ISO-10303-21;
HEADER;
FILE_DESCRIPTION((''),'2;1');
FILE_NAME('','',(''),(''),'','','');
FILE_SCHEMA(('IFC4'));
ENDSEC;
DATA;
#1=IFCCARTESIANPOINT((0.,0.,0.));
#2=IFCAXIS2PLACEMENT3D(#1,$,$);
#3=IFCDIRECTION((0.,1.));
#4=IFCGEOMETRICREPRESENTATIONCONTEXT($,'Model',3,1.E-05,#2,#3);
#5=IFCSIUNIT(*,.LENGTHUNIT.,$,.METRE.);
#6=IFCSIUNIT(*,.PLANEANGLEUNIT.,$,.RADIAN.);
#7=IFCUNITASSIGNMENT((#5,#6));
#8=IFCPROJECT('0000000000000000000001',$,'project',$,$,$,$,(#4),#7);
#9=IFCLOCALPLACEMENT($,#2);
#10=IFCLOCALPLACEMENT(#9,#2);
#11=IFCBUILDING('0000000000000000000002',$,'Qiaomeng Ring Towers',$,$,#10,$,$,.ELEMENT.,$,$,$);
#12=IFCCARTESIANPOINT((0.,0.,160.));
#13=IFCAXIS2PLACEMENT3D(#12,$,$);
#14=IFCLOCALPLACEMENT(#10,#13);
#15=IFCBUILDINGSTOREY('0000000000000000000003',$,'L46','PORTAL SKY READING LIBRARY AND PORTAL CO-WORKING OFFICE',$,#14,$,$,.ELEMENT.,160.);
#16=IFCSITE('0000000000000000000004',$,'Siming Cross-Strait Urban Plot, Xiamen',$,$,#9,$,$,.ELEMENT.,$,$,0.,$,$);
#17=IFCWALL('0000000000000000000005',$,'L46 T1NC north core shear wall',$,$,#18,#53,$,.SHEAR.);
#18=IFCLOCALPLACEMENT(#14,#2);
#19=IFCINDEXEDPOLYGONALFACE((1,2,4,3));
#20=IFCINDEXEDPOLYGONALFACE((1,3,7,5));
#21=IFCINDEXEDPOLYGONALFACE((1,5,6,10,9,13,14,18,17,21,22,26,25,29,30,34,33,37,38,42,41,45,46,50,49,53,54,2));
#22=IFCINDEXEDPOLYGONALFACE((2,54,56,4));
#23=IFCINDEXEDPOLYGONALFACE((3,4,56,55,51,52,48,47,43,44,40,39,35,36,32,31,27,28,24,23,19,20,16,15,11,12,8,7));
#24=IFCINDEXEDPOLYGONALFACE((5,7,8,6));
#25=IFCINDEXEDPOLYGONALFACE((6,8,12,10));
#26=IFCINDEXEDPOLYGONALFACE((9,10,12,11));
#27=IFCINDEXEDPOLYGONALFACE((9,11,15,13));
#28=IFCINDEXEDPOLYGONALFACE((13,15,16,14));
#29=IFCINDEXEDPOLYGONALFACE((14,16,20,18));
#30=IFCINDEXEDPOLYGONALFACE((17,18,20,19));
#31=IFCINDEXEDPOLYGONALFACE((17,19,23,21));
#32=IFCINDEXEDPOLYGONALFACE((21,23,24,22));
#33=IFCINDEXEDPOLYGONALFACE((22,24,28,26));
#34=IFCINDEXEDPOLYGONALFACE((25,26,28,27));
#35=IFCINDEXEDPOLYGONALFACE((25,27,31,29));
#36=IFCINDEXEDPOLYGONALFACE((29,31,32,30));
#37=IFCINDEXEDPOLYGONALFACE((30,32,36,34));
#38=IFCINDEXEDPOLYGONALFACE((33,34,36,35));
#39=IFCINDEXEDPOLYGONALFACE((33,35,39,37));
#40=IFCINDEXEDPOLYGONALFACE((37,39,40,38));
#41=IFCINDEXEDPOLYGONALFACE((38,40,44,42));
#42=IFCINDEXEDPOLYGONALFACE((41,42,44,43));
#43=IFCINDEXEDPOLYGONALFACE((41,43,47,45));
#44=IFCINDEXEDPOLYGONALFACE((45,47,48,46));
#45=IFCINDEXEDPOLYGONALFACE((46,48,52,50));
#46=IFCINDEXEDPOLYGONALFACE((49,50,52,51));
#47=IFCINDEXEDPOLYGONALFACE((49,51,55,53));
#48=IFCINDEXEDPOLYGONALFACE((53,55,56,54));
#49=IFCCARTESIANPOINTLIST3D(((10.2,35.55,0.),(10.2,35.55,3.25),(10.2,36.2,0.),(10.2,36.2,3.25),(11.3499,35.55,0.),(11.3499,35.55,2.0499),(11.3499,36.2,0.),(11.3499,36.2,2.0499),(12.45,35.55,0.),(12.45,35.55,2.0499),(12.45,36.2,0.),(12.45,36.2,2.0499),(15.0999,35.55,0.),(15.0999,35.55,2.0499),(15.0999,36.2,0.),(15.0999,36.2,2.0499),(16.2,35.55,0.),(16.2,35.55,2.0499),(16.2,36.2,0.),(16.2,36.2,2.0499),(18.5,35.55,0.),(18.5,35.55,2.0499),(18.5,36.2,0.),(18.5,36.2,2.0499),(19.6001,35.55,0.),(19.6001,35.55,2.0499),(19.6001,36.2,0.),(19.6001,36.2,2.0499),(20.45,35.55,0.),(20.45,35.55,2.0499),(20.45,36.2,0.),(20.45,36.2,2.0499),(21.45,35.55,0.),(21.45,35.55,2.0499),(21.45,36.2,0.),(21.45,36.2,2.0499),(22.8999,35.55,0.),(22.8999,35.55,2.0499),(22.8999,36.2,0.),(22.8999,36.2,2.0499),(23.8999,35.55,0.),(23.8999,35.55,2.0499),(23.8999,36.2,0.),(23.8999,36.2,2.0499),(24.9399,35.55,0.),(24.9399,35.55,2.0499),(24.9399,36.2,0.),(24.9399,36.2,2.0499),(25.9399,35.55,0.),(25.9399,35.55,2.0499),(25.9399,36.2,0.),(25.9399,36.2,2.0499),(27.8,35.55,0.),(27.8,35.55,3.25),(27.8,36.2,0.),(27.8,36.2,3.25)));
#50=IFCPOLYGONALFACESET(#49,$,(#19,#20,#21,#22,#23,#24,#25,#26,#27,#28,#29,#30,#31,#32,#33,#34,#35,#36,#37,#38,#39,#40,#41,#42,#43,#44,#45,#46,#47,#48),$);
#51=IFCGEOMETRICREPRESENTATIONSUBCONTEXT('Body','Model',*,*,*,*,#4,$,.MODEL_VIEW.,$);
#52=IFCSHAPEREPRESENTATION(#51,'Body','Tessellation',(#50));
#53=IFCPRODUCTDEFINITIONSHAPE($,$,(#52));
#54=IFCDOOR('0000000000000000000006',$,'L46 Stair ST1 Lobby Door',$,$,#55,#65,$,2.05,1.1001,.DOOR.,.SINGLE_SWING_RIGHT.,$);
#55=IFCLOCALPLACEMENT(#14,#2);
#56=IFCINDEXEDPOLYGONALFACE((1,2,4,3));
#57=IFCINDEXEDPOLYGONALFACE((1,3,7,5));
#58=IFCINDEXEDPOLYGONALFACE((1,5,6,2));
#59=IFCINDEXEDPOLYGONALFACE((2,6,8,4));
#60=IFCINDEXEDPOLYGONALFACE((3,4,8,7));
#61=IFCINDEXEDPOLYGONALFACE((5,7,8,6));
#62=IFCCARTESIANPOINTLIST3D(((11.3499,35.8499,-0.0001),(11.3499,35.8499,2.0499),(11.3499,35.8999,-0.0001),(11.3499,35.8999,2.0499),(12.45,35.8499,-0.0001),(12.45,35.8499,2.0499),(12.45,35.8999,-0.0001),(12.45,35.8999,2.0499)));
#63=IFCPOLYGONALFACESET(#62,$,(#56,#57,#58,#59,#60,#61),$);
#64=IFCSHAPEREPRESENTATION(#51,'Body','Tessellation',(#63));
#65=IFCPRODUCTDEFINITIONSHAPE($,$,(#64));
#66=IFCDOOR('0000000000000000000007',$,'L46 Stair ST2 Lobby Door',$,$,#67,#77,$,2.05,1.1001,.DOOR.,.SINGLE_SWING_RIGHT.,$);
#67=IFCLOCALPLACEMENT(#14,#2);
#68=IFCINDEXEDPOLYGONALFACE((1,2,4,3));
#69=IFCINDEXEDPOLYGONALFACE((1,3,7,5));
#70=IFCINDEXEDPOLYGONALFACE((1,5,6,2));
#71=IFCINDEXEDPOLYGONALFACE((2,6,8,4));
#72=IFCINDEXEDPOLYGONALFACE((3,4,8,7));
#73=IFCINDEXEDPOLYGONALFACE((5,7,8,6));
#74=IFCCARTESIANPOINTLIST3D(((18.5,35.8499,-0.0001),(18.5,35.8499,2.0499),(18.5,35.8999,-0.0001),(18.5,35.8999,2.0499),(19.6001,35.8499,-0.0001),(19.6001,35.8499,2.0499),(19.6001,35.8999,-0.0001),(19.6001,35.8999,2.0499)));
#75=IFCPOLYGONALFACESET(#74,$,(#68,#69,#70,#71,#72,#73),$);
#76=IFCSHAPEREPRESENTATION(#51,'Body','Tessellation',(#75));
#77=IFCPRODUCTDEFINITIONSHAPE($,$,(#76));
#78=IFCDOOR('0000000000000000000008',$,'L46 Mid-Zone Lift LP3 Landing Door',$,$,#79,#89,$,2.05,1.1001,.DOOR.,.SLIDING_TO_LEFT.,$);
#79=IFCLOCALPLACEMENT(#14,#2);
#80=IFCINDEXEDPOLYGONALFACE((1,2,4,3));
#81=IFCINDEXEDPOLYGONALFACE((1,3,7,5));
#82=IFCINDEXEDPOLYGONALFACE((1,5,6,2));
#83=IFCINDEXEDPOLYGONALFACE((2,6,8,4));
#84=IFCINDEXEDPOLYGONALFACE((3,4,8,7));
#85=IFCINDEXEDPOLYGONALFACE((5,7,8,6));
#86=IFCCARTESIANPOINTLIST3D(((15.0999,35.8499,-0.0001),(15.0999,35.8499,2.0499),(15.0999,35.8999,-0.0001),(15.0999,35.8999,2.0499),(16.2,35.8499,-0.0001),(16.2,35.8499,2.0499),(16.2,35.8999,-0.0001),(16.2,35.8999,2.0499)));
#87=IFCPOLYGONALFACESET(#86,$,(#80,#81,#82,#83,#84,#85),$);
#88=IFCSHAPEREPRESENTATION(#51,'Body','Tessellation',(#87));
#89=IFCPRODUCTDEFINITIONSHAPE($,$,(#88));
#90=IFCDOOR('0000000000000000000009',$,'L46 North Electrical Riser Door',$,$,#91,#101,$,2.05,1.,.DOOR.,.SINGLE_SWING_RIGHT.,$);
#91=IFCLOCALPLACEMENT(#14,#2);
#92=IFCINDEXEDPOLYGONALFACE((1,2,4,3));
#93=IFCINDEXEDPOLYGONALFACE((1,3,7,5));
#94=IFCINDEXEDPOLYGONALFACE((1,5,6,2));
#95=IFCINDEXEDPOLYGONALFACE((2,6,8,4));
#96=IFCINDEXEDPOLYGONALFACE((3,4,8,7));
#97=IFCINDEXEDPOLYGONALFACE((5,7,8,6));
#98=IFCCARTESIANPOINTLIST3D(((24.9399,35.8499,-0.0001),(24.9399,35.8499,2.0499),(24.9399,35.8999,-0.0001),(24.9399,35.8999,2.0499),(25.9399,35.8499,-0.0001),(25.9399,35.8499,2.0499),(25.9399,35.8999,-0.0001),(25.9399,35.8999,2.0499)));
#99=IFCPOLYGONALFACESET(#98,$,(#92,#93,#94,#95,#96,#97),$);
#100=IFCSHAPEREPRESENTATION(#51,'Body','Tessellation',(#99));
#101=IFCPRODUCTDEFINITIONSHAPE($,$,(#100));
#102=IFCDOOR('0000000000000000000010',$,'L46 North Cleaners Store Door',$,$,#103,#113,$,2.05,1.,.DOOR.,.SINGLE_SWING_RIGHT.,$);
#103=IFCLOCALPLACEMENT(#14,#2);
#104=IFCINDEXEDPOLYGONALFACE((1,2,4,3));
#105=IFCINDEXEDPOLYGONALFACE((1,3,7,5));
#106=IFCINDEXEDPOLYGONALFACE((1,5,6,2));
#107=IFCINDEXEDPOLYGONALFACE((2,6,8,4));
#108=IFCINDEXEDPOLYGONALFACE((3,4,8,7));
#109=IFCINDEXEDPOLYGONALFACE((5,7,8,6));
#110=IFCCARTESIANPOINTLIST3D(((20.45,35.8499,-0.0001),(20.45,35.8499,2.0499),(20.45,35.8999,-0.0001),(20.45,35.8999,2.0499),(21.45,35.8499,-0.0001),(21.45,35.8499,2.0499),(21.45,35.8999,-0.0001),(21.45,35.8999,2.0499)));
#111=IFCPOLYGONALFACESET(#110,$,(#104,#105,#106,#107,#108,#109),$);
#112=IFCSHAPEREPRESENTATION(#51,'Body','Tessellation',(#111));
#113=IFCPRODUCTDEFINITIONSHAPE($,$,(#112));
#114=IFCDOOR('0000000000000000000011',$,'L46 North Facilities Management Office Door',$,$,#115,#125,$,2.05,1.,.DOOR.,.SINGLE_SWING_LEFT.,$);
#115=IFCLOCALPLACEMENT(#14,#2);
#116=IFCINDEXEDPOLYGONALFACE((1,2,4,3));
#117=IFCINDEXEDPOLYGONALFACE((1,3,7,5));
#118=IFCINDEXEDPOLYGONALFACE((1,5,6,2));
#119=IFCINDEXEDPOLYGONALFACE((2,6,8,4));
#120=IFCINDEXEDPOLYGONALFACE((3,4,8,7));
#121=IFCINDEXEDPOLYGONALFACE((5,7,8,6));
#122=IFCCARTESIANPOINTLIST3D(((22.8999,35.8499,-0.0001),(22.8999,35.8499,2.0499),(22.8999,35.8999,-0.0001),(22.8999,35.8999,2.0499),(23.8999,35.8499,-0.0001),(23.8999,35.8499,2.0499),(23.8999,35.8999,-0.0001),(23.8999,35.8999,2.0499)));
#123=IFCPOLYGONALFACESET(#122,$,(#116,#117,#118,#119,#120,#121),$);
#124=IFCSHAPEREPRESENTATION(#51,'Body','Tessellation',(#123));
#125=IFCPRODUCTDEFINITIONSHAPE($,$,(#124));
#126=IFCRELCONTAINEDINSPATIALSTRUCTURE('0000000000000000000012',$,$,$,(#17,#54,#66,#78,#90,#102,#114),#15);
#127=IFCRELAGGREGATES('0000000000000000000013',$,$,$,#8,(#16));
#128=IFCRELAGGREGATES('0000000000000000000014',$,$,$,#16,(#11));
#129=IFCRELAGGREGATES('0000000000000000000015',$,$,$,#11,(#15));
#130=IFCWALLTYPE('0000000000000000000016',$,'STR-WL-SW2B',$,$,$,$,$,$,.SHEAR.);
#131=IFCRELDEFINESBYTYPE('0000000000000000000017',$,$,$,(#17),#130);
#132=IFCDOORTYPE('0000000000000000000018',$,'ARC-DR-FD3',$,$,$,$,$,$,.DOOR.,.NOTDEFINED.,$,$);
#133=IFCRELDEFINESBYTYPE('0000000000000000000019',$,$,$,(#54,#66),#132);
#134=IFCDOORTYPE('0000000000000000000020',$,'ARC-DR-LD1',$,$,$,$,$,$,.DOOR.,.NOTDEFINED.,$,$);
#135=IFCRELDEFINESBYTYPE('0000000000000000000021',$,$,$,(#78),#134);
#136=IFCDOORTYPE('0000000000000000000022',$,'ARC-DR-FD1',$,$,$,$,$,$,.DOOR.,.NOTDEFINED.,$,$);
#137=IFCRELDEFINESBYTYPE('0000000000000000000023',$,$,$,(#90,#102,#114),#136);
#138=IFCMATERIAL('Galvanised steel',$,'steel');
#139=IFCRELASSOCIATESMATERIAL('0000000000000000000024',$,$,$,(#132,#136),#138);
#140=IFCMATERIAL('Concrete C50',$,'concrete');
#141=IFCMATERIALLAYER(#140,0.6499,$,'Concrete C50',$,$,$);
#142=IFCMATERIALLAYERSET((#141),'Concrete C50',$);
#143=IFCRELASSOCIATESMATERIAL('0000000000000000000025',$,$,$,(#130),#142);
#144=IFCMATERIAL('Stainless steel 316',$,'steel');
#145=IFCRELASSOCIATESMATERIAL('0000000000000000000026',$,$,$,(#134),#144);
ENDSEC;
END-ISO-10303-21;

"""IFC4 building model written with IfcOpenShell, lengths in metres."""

from ifc_helpers import new_model, si_unit, direction, frame, frame_2d, origin, place, context, subcontext, project, spatial, rectangle, extrude, source, transform, mapped, material, layer, layer_set, type_object, element, fill, save


model = new_model("IFC4")

# Units and contexts
model_context = context("Model", 3, precision=1e-05, world=origin(), true_north=direction((0.0, 1.0)))
body_context = subcontext(model_context, "Body", "Model", "MODEL_VIEW")
ifc_project = project(units=[si_unit("LENGTHUNIT", "METRE"), si_unit("PLANEANGLEUNIT", "RADIAN")], contexts=[model_context])

# Site, building, storey
site_placement = place(None, origin())
site = spatial("IfcSite", under=ifc_project, at=site_placement, Name="Siming Cross-Strait Urban Plot, Xiamen", CompositionType="ELEMENT", RefElevation=0.0)
building_placement = place(site_placement, origin())
building = spatial("IfcBuilding", under=site, at=building_placement, Name="Qiaomeng Ring Towers", CompositionType="ELEMENT")
storey_placement = place(building_placement, frame((0.0, 0.0, 160.0)))
storey = spatial("IfcBuildingStorey", under=building, at=storey_placement, Name="L46", Description="PORTAL SKY READING LIBRARY AND PORTAL CO-WORKING OFFICE", CompositionType="ELEMENT", Elevation=160.0)

# Shared definitions
ifc_material_1 = material(Name="Concrete C50", Category="concrete")

# Shared definitions
shared_shape_1 = source(origin(), body_context, "Body", "SweptSolid", [
    extrude(rectangle(XDim=1.0, YDim=2.05, at=frame_2d((0.5, 1.0249))), frame((0.0, 0.0249, 0.0), z_axis=(0.0, -1.0, 0.0), x_axis=(1.0, 0.0, 0.0)), (0.0, 0.0, 1.0), 0.05),
])

# Shared definitions
ifc_material_2 = material(Name="Galvanised steel", Category="steel")
door_type_1 = type_object("IfcDoorType", Name="ARC-DR-FD3", OperationType="NOTDEFINED", PredefinedType="DOOR", material=ifc_material_2)
shared_shape_2 = source(origin(), body_context, "Body", "SweptSolid", [
    extrude(rectangle(XDim=1.1001, YDim=2.05, at=frame_2d((0.55, 1.0249))), frame((0.0, 0.0249, 0.0), z_axis=(0.0, -1.0, 0.0), x_axis=(1.0, 0.0, 0.0)), (0.0, 0.0, 1.0), 0.05),
])

# Wall, openings, doors
ifc_layer_1 = layer(ifc_material_1, 0.6499, Name="Concrete C50")
ifc_layer_set_1 = layer_set([ifc_layer_1], Name="Concrete C50")
wall_type_1 = type_object("IfcWallType", Name="STR-WL-SW2B", PredefinedType="SHEAR", material=ifc_layer_set_1)
wall_1_placement = place(storey_placement, frame((10.2, 35.875, 0.0), z_axis=(0.0, 0.0, 1.0), x_axis=(1.0, 0.0, 0.0)))
wall_1 = element("IfcWall", 1, at=wall_1_placement, inside=storey, type_object=wall_type_1, Name="L46 T1NC north core shear wall", PredefinedType="SHEAR", context=body_context, shape_type="SweptSolid", body=[
    extrude(rectangle(XDim=17.6001, YDim=0.6499, at=frame_2d((8.8, 0.0))), origin(), (0.0, 0.0, 1.0), 3.25),
])
opening_1_placement = place(wall_1_placement, frame((1.1499, 0.0, 0.0)))
opening_1 = element("IfcOpeningElement", 2, at=opening_1_placement, cuts=wall_1, PredefinedType="OPENING", context=body_context, shape_type="SweptSolid", body=[
    extrude(rectangle(XDim=1.1001, YDim=2.05, at=frame_2d((0.55, 1.0249))), frame((0.0, 0.335, 0.0), z_axis=(0.0, -1.0, 0.0), x_axis=(1.0, 0.0, 0.0)), (0.0, 0.0, 1.0), 0.6699),
])
opening_2_placement = place(wall_1_placement, frame((8.3, 0.0, 0.0)))
opening_2 = element("IfcOpeningElement", 3, at=opening_2_placement, cuts=wall_1, PredefinedType="OPENING", context=body_context, shape_type="SweptSolid", body=[
    extrude(rectangle(XDim=1.1001, YDim=2.05, at=frame_2d((0.55, 1.0249))), frame((0.0, 0.335, 0.0), z_axis=(0.0, -1.0, 0.0), x_axis=(1.0, 0.0, 0.0)), (0.0, 0.0, 1.0), 0.6699),
])
opening_3_placement = place(wall_1_placement, frame((4.8999, 0.0, 0.0)))
opening_3 = element("IfcOpeningElement", 4, at=opening_3_placement, cuts=wall_1, PredefinedType="OPENING", context=body_context, shape_type="SweptSolid", body=[
    extrude(rectangle(XDim=1.1001, YDim=2.05, at=frame_2d((0.55, 1.0249))), frame((0.0, 0.335, 0.0), z_axis=(0.0, -1.0, 0.0), x_axis=(1.0, 0.0, 0.0)), (0.0, 0.0, 1.0), 0.6699),
])
opening_4_placement = place(wall_1_placement, frame((14.74, 0.0, 0.0)))
opening_4 = element("IfcOpeningElement", 5, at=opening_4_placement, cuts=wall_1, PredefinedType="OPENING", context=body_context, shape_type="SweptSolid", body=[
    extrude(rectangle(XDim=1.0, YDim=2.05, at=frame_2d((0.5, 1.0249))), frame((0.0, 0.335, 0.0), z_axis=(0.0, -1.0, 0.0), x_axis=(1.0, 0.0, 0.0)), (0.0, 0.0, 1.0), 0.6699),
])
opening_5_placement = place(wall_1_placement, frame((10.25, 0.0, 0.0)))
opening_5 = element("IfcOpeningElement", 6, at=opening_5_placement, cuts=wall_1, PredefinedType="OPENING", context=body_context, shape_type="SweptSolid", body=[
    extrude(rectangle(XDim=1.0, YDim=2.05, at=frame_2d((0.5, 1.0249))), frame((0.0, 0.335, 0.0), z_axis=(0.0, -1.0, 0.0), x_axis=(1.0, 0.0, 0.0)), (0.0, 0.0, 1.0), 0.6699),
])
opening_6_placement = place(wall_1_placement, frame((12.7, 0.0, 0.0)))
opening_6 = element("IfcOpeningElement", 7, at=opening_6_placement, cuts=wall_1, PredefinedType="OPENING", context=body_context, shape_type="SweptSolid", body=[
    extrude(rectangle(XDim=1.0, YDim=2.05, at=frame_2d((0.5, 1.0249))), frame((0.0, 0.335, 0.0), z_axis=(0.0, -1.0, 0.0), x_axis=(1.0, 0.0, 0.0)), (0.0, 0.0, 1.0), 0.6699),
])
door_1_placement = place(opening_1_placement, origin())
door_1 = element("IfcDoor", 8, at=door_1_placement, inside=storey, type_object=door_type_1, Name="L46 Stair ST1 Lobby Door", OperationType="SINGLE_SWING_RIGHT", OverallHeight=2.05, OverallWidth=1.1001, PredefinedType="DOOR", context=body_context, shape_type="MappedRepresentation", body=[
    mapped(shared_shape_2, transform((0.0, 0.0, 0.0), x_axis=(1.0, 0.0, 0.0), y_axis=(0.0, 1.0, 0.0), z_axis=(0.0, 0.0, 1.0), scale=1.0)),
])
fill(opening_1, door_1)
door_2_placement = place(opening_2_placement, origin())
door_2 = element("IfcDoor", 9, at=door_2_placement, inside=storey, type_object=door_type_1, Name="L46 Stair ST2 Lobby Door", OperationType="SINGLE_SWING_RIGHT", OverallHeight=2.05, OverallWidth=1.1001, PredefinedType="DOOR", context=body_context, shape_type="MappedRepresentation", body=[
    mapped(shared_shape_2, transform((0.0, 0.0, 0.0), x_axis=(1.0, 0.0, 0.0), y_axis=(0.0, 1.0, 0.0), z_axis=(0.0, 0.0, 1.0), scale=1.0)),
])
fill(opening_2, door_2)
ifc_material_3 = material(Name="Stainless steel 316", Category="steel")
door_type_2 = type_object("IfcDoorType", Name="ARC-DR-LD1", OperationType="NOTDEFINED", PredefinedType="DOOR", material=ifc_material_3)
door_3_placement = place(opening_3_placement, origin())
door_3 = element("IfcDoor", 10, at=door_3_placement, inside=storey, type_object=door_type_2, Name="L46 Mid-Zone Lift LP3 Landing Door", OperationType="SLIDING_TO_LEFT", OverallHeight=2.05, OverallWidth=1.1001, PredefinedType="DOOR", context=body_context, shape_type="MappedRepresentation", body=[
    mapped(shared_shape_2, transform((0.0, 0.0, 0.0), x_axis=(1.0, 0.0, 0.0), y_axis=(0.0, 1.0, 0.0), z_axis=(0.0, 0.0, 1.0), scale=1.0)),
])
fill(opening_3, door_3)
door_type_3 = type_object("IfcDoorType", Name="ARC-DR-FD1", OperationType="NOTDEFINED", PredefinedType="DOOR", material=ifc_material_2)
door_4_placement = place(opening_4_placement, origin())
door_4 = element("IfcDoor", 11, at=door_4_placement, inside=storey, type_object=door_type_3, Name="L46 North Electrical Riser Door", OperationType="SINGLE_SWING_RIGHT", OverallHeight=2.05, OverallWidth=1.0, PredefinedType="DOOR", context=body_context, shape_type="MappedRepresentation", body=[
    mapped(shared_shape_1, transform((0.0, 0.0, 0.0), x_axis=(1.0, 0.0, 0.0), y_axis=(0.0, 1.0, 0.0), z_axis=(0.0, 0.0, 1.0), scale=1.0)),
])
fill(opening_4, door_4)
door_5_placement = place(opening_5_placement, origin())
door_5 = element("IfcDoor", 12, at=door_5_placement, inside=storey, type_object=door_type_3, Name="L46 North Cleaners Store Door", OperationType="SINGLE_SWING_RIGHT", OverallHeight=2.05, OverallWidth=1.0, PredefinedType="DOOR", context=body_context, shape_type="MappedRepresentation", body=[
    mapped(shared_shape_1, transform((0.0, 0.0, 0.0), x_axis=(1.0, 0.0, 0.0), y_axis=(0.0, 1.0, 0.0), z_axis=(0.0, 0.0, 1.0), scale=1.0)),
])
fill(opening_5, door_5)
door_6_placement = place(opening_6_placement, origin())
door_6 = element("IfcDoor", 13, at=door_6_placement, inside=storey, type_object=door_type_3, Name="L46 North Facilities Management Office Door", OperationType="SINGLE_SWING_LEFT", OverallHeight=2.05, OverallWidth=1.0, PredefinedType="DOOR", context=body_context, shape_type="MappedRepresentation", body=[
    mapped(shared_shape_1, transform((0.0, 0.0, 0.0), x_axis=(1.0, 0.0, 0.0), y_axis=(0.0, 1.0, 0.0), z_axis=(0.0, 0.0, 1.0), scale=1.0)),
])
fill(opening_6, door_6)

save(model, "model.ifc")
